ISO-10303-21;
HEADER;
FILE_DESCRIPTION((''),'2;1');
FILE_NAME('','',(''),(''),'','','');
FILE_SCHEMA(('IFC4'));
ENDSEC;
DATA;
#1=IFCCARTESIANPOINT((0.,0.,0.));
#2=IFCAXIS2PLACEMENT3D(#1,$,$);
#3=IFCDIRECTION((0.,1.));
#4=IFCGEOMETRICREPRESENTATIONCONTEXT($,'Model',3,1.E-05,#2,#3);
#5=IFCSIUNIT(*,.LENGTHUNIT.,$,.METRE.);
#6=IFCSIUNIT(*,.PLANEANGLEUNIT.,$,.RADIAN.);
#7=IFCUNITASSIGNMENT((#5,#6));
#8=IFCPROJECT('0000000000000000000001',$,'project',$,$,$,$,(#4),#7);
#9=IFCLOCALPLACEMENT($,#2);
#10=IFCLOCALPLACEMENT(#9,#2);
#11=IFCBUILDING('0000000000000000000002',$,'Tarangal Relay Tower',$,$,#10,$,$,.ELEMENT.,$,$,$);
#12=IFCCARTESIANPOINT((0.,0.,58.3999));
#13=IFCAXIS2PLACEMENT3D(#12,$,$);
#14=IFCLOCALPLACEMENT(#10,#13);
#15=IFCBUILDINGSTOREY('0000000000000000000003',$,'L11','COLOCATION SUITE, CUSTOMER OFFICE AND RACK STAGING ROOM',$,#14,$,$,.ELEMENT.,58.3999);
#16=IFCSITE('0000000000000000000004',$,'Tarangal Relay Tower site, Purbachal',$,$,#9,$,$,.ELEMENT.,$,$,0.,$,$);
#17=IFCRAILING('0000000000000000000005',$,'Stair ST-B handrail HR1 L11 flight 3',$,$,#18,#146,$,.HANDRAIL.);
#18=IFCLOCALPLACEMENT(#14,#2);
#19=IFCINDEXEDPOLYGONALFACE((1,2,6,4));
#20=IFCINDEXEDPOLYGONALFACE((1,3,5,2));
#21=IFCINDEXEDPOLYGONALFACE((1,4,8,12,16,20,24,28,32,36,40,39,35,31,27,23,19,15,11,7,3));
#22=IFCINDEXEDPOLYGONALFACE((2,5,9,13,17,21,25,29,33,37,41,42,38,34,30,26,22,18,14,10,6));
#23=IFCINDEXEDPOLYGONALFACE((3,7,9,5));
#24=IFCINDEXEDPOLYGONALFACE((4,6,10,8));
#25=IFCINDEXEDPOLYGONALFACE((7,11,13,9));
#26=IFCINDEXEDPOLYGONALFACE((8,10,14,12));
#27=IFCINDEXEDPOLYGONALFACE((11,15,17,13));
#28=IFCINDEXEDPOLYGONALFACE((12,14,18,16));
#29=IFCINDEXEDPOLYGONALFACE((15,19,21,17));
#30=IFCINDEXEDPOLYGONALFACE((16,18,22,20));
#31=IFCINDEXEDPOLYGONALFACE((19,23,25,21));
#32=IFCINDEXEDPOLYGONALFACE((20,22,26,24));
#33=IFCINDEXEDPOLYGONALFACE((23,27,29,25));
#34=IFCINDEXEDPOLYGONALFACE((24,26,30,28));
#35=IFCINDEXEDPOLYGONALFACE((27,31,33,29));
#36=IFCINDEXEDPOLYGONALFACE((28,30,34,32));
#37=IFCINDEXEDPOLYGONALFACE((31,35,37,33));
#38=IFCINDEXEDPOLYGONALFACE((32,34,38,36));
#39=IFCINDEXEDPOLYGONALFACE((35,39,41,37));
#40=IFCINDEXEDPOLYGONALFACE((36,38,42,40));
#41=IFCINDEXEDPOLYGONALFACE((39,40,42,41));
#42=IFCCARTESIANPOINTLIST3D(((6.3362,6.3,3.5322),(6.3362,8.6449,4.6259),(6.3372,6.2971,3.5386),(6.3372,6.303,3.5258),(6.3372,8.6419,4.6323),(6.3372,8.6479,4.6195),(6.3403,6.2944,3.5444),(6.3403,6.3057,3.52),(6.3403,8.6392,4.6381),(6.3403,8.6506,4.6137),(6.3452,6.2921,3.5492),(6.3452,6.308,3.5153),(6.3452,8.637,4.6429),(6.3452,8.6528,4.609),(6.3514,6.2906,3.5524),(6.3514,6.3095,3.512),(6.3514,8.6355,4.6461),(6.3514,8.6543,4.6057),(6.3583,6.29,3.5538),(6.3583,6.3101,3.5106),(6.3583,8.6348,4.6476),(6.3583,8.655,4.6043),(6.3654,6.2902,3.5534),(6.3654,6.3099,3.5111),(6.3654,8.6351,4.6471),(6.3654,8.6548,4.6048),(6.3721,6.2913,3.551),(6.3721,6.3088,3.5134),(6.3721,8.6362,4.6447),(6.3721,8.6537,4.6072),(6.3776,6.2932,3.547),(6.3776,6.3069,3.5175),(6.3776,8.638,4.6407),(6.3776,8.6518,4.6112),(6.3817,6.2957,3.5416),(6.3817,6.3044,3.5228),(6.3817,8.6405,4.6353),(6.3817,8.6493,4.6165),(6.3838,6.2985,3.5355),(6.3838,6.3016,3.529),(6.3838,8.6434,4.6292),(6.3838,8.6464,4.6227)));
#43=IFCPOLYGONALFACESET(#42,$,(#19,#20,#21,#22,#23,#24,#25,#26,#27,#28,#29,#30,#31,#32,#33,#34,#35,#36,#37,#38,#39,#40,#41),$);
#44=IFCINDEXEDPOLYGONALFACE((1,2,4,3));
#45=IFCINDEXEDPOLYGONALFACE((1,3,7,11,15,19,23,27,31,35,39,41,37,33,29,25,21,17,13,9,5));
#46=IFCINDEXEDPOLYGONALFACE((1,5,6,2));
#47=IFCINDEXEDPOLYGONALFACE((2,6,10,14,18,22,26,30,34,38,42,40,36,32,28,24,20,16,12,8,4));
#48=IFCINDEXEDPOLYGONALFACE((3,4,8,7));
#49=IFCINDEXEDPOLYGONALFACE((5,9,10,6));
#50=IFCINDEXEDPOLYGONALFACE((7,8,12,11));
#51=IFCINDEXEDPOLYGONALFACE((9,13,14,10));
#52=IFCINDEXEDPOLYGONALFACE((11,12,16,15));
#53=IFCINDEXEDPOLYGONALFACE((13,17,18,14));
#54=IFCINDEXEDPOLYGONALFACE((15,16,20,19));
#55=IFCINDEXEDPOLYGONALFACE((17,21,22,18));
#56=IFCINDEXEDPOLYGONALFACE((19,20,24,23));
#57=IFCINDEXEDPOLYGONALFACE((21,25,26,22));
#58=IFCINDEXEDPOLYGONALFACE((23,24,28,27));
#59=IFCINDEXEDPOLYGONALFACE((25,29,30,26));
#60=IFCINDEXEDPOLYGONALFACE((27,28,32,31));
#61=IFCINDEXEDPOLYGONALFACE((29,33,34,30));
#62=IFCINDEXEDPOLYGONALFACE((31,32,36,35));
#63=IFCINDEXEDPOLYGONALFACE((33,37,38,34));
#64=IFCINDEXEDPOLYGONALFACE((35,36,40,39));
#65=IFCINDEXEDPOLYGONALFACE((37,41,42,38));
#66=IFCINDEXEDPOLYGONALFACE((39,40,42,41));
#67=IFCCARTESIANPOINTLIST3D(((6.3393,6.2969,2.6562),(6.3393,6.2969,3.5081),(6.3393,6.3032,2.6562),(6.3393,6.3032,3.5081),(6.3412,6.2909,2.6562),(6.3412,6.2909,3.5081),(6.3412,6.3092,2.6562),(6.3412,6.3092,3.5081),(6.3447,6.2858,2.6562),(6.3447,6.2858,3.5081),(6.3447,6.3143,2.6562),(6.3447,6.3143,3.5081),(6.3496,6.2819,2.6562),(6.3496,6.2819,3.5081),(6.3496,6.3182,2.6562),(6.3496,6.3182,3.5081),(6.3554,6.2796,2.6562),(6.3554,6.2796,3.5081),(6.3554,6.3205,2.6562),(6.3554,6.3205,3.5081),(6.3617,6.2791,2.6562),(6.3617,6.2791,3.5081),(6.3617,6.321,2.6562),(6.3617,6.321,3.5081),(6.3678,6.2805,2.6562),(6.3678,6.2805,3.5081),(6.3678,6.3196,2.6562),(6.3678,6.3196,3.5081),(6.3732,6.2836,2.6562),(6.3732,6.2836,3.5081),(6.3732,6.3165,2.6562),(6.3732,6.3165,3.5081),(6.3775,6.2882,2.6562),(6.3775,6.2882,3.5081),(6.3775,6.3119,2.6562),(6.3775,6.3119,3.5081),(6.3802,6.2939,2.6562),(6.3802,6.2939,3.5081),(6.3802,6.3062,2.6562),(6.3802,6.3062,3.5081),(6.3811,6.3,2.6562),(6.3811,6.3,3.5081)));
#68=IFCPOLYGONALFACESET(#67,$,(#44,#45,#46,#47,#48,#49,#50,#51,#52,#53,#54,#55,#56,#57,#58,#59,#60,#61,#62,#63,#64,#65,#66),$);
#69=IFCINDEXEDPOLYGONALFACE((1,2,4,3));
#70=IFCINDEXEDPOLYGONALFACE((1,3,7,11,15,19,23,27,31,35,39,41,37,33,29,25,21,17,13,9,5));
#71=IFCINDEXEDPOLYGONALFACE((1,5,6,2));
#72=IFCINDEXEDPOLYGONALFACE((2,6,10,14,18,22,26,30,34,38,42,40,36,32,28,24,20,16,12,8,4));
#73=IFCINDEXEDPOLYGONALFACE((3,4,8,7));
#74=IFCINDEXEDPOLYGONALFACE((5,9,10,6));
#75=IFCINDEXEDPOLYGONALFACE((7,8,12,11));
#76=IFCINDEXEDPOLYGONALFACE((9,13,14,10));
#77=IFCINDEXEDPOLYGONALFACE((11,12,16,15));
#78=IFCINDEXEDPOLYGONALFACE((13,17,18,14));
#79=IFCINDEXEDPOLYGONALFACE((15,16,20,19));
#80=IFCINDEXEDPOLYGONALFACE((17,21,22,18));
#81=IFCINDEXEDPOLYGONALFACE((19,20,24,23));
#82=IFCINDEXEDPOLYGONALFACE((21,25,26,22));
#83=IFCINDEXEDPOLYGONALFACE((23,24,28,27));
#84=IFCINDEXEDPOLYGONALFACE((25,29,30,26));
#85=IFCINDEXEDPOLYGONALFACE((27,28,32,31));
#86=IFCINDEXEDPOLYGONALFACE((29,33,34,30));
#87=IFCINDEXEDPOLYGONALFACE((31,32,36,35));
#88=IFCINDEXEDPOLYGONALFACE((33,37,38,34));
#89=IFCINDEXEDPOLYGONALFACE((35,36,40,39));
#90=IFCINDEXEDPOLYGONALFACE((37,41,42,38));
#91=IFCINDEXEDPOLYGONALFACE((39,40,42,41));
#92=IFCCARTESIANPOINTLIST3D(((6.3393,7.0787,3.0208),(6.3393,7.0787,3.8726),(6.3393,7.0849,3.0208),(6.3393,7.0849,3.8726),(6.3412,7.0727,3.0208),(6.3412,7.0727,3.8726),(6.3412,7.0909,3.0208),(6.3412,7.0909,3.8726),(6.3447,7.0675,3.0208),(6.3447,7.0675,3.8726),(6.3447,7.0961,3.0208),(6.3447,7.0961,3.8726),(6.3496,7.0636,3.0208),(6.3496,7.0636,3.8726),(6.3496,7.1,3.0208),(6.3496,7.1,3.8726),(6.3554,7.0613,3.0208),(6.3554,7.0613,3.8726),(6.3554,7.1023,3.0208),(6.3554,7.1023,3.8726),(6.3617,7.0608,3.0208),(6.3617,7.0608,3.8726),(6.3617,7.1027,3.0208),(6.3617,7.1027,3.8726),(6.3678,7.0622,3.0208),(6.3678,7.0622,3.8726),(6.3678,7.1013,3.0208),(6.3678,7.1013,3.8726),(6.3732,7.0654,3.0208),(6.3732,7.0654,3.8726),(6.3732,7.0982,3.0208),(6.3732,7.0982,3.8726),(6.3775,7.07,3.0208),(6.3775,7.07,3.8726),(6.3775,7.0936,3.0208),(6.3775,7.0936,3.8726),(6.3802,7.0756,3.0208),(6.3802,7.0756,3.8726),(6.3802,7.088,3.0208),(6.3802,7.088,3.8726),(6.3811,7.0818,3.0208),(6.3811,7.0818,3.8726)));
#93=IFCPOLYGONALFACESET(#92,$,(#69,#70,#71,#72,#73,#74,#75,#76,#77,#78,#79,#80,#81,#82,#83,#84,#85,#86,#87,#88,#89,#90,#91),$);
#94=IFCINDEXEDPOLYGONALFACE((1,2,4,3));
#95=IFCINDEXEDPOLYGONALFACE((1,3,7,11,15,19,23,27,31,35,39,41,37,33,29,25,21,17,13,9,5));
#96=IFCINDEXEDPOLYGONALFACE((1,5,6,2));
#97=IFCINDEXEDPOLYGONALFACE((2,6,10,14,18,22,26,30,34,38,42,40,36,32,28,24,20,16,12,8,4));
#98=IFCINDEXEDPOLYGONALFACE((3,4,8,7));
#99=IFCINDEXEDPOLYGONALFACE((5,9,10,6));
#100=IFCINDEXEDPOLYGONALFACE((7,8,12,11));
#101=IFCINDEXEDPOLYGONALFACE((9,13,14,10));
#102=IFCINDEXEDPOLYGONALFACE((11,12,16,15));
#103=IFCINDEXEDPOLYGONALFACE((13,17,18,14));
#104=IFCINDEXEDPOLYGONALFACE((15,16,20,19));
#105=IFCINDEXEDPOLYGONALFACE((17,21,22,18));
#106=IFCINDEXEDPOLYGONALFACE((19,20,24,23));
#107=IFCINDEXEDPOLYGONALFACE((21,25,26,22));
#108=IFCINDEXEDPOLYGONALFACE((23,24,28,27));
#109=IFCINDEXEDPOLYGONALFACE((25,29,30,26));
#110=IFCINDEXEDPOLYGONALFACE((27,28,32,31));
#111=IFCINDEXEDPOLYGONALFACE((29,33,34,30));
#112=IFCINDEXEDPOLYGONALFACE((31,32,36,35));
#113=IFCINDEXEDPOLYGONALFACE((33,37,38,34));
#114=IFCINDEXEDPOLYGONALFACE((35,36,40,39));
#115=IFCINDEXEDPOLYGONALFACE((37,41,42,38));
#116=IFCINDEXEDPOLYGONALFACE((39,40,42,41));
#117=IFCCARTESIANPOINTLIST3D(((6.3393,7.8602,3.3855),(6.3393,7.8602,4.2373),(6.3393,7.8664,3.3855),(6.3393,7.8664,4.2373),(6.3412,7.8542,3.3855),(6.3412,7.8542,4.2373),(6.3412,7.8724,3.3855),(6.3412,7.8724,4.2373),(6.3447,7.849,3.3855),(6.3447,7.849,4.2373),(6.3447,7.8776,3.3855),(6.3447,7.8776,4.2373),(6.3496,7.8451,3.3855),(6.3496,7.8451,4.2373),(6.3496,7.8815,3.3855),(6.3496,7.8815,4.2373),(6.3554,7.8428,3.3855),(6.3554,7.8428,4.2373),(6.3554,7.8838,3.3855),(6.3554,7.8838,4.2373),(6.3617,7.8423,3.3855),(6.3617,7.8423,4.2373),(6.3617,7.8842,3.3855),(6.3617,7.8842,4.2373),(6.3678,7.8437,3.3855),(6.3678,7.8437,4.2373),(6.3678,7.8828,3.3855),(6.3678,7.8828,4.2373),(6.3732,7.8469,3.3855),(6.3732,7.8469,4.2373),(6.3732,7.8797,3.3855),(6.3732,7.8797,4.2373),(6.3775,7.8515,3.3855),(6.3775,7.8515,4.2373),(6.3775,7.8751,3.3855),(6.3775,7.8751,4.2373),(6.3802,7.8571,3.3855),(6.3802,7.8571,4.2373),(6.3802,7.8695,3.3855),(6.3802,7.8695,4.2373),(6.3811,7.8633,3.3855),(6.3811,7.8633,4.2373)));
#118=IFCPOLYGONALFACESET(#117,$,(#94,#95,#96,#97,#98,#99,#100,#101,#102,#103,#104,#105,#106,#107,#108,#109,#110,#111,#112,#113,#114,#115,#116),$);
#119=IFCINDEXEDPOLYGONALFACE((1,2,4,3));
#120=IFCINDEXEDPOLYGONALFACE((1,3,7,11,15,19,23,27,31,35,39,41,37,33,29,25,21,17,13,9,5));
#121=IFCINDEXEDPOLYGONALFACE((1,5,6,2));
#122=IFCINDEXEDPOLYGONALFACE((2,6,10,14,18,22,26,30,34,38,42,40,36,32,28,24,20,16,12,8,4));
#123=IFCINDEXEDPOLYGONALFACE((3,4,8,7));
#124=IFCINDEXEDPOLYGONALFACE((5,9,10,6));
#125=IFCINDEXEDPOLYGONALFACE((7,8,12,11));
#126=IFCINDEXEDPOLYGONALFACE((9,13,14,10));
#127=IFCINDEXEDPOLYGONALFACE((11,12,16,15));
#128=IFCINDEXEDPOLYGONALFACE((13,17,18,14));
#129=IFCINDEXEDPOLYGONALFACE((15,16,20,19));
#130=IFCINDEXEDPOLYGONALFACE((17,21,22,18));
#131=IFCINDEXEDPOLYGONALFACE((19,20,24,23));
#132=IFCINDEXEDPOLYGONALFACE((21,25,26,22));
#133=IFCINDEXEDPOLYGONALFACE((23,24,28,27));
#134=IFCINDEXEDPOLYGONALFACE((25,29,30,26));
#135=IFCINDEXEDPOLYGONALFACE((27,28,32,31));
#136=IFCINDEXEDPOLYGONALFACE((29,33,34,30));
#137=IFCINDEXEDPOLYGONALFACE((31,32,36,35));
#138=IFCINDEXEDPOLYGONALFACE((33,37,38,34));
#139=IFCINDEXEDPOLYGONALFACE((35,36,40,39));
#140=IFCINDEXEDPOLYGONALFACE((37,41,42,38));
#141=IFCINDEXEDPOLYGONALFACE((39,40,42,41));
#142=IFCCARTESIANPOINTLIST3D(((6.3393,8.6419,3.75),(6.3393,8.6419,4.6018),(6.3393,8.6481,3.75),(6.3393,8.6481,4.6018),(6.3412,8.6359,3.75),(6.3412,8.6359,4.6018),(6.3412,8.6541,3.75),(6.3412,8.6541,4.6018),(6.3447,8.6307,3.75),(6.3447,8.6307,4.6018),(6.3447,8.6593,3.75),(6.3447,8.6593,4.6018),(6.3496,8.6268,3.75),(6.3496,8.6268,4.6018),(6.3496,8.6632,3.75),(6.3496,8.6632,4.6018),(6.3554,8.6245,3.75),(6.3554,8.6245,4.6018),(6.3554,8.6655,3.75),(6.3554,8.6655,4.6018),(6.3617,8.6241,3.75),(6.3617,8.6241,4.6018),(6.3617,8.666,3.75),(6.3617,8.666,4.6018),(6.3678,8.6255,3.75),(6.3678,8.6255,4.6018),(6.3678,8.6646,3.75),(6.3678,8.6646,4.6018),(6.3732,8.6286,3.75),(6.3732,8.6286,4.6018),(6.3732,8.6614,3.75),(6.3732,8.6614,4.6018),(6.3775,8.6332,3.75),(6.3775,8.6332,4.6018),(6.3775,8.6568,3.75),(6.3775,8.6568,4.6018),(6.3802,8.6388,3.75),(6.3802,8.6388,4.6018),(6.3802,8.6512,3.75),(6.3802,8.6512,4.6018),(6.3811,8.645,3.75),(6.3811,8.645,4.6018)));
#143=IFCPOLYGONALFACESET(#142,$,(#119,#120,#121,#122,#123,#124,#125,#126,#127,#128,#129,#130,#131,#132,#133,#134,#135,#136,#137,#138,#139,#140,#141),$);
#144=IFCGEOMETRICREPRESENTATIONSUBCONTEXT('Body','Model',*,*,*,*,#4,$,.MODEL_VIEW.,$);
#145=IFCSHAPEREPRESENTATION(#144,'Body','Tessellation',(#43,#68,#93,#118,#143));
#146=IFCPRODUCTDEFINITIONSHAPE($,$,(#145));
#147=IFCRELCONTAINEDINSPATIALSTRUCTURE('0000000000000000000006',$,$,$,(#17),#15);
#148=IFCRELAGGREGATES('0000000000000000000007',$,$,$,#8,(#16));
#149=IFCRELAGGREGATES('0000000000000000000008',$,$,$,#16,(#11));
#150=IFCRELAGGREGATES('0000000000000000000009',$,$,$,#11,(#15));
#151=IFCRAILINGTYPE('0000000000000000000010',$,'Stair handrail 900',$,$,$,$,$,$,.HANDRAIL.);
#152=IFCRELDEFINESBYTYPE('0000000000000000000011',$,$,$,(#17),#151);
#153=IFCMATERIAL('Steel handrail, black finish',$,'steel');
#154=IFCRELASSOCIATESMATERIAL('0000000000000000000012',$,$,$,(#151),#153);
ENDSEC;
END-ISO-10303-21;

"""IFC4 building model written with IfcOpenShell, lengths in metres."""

from ifc_helpers import new_model, si_unit, direction, frame, origin, origin_2d, place, context, subcontext, project, spatial, circle, extrude, material, type_object, element, save


model = new_model("IFC4")

# Units and contexts
model_context = context("Model", 3, precision=1e-05, world=origin(), true_north=direction((0.0, 1.0)))
body_context = subcontext(model_context, "Body", "Model", "MODEL_VIEW")
ifc_project = project(units=[si_unit("LENGTHUNIT", "METRE"), si_unit("PLANEANGLEUNIT", "RADIAN")], contexts=[model_context])

# Site, building, storey
site_placement = place(None, origin())
site = spatial("IfcSite", under=ifc_project, at=site_placement, Name="Tarangal Relay Tower site, Purbachal", CompositionType="ELEMENT", RefElevation=0.0)
building_placement = place(site_placement, origin())
building = spatial("IfcBuilding", under=site, at=building_placement, Name="Tarangal Relay Tower", CompositionType="ELEMENT")
storey_placement = place(building_placement, frame((0.0, 0.0, 58.3999)))
storey = spatial("IfcBuildingStorey", under=building, at=storey_placement, Name="L11", Description="COLOCATION SUITE, CUSTOMER OFFICE AND RACK STAGING ROOM", CompositionType="ELEMENT", Elevation=58.3999)

# Railing
ifc_material_1 = material(Name="Steel handrail, black finish", Category="steel")
railing_type_1 = type_object("IfcRailingType", Name="Stair handrail 900", PredefinedType="HANDRAIL", material=ifc_material_1)
for number, where, name in (
    (1, (6.3601, 6.3, 2.6562), "Stair ST-B handrail HR1 L11 flight 3"),
):
    element("IfcRailing", number, at=place(storey_placement, frame(where)), inside=storey, type_object=railing_type_1, Name=name, PredefinedType="HANDRAIL", context=body_context, shape_type="SweptSolid", body=[
        extrude(circle(Radius=0.0239, at=origin_2d()), frame((0.0, 0.0, 0.876), z_axis=(0.0, 0.906267, 0.422705), x_axis=(-1.0, 0.0, 0.0)), (0.0, 0.0, 1.0), 2.5874),
        extrude(circle(Radius=0.021, at=origin_2d()), origin(), (0.0, 0.0, 1.0), 0.8518),
        extrude(circle(Radius=0.021, at=origin_2d()), frame((0.0, 0.7817, 0.3645)), (0.0, 0.0, 1.0), 0.8518),
        extrude(circle(Radius=0.021, at=origin_2d()), frame((0.0, 1.5632, 0.7292)), (0.0, 0.0, 1.0), 0.8518),
        extrude(circle(Radius=0.021, at=origin_2d()), frame((0.0, 2.345, 1.0938)), (0.0, 0.0, 1.0), 0.8518),
    ])

save(model, "model.ifc")
